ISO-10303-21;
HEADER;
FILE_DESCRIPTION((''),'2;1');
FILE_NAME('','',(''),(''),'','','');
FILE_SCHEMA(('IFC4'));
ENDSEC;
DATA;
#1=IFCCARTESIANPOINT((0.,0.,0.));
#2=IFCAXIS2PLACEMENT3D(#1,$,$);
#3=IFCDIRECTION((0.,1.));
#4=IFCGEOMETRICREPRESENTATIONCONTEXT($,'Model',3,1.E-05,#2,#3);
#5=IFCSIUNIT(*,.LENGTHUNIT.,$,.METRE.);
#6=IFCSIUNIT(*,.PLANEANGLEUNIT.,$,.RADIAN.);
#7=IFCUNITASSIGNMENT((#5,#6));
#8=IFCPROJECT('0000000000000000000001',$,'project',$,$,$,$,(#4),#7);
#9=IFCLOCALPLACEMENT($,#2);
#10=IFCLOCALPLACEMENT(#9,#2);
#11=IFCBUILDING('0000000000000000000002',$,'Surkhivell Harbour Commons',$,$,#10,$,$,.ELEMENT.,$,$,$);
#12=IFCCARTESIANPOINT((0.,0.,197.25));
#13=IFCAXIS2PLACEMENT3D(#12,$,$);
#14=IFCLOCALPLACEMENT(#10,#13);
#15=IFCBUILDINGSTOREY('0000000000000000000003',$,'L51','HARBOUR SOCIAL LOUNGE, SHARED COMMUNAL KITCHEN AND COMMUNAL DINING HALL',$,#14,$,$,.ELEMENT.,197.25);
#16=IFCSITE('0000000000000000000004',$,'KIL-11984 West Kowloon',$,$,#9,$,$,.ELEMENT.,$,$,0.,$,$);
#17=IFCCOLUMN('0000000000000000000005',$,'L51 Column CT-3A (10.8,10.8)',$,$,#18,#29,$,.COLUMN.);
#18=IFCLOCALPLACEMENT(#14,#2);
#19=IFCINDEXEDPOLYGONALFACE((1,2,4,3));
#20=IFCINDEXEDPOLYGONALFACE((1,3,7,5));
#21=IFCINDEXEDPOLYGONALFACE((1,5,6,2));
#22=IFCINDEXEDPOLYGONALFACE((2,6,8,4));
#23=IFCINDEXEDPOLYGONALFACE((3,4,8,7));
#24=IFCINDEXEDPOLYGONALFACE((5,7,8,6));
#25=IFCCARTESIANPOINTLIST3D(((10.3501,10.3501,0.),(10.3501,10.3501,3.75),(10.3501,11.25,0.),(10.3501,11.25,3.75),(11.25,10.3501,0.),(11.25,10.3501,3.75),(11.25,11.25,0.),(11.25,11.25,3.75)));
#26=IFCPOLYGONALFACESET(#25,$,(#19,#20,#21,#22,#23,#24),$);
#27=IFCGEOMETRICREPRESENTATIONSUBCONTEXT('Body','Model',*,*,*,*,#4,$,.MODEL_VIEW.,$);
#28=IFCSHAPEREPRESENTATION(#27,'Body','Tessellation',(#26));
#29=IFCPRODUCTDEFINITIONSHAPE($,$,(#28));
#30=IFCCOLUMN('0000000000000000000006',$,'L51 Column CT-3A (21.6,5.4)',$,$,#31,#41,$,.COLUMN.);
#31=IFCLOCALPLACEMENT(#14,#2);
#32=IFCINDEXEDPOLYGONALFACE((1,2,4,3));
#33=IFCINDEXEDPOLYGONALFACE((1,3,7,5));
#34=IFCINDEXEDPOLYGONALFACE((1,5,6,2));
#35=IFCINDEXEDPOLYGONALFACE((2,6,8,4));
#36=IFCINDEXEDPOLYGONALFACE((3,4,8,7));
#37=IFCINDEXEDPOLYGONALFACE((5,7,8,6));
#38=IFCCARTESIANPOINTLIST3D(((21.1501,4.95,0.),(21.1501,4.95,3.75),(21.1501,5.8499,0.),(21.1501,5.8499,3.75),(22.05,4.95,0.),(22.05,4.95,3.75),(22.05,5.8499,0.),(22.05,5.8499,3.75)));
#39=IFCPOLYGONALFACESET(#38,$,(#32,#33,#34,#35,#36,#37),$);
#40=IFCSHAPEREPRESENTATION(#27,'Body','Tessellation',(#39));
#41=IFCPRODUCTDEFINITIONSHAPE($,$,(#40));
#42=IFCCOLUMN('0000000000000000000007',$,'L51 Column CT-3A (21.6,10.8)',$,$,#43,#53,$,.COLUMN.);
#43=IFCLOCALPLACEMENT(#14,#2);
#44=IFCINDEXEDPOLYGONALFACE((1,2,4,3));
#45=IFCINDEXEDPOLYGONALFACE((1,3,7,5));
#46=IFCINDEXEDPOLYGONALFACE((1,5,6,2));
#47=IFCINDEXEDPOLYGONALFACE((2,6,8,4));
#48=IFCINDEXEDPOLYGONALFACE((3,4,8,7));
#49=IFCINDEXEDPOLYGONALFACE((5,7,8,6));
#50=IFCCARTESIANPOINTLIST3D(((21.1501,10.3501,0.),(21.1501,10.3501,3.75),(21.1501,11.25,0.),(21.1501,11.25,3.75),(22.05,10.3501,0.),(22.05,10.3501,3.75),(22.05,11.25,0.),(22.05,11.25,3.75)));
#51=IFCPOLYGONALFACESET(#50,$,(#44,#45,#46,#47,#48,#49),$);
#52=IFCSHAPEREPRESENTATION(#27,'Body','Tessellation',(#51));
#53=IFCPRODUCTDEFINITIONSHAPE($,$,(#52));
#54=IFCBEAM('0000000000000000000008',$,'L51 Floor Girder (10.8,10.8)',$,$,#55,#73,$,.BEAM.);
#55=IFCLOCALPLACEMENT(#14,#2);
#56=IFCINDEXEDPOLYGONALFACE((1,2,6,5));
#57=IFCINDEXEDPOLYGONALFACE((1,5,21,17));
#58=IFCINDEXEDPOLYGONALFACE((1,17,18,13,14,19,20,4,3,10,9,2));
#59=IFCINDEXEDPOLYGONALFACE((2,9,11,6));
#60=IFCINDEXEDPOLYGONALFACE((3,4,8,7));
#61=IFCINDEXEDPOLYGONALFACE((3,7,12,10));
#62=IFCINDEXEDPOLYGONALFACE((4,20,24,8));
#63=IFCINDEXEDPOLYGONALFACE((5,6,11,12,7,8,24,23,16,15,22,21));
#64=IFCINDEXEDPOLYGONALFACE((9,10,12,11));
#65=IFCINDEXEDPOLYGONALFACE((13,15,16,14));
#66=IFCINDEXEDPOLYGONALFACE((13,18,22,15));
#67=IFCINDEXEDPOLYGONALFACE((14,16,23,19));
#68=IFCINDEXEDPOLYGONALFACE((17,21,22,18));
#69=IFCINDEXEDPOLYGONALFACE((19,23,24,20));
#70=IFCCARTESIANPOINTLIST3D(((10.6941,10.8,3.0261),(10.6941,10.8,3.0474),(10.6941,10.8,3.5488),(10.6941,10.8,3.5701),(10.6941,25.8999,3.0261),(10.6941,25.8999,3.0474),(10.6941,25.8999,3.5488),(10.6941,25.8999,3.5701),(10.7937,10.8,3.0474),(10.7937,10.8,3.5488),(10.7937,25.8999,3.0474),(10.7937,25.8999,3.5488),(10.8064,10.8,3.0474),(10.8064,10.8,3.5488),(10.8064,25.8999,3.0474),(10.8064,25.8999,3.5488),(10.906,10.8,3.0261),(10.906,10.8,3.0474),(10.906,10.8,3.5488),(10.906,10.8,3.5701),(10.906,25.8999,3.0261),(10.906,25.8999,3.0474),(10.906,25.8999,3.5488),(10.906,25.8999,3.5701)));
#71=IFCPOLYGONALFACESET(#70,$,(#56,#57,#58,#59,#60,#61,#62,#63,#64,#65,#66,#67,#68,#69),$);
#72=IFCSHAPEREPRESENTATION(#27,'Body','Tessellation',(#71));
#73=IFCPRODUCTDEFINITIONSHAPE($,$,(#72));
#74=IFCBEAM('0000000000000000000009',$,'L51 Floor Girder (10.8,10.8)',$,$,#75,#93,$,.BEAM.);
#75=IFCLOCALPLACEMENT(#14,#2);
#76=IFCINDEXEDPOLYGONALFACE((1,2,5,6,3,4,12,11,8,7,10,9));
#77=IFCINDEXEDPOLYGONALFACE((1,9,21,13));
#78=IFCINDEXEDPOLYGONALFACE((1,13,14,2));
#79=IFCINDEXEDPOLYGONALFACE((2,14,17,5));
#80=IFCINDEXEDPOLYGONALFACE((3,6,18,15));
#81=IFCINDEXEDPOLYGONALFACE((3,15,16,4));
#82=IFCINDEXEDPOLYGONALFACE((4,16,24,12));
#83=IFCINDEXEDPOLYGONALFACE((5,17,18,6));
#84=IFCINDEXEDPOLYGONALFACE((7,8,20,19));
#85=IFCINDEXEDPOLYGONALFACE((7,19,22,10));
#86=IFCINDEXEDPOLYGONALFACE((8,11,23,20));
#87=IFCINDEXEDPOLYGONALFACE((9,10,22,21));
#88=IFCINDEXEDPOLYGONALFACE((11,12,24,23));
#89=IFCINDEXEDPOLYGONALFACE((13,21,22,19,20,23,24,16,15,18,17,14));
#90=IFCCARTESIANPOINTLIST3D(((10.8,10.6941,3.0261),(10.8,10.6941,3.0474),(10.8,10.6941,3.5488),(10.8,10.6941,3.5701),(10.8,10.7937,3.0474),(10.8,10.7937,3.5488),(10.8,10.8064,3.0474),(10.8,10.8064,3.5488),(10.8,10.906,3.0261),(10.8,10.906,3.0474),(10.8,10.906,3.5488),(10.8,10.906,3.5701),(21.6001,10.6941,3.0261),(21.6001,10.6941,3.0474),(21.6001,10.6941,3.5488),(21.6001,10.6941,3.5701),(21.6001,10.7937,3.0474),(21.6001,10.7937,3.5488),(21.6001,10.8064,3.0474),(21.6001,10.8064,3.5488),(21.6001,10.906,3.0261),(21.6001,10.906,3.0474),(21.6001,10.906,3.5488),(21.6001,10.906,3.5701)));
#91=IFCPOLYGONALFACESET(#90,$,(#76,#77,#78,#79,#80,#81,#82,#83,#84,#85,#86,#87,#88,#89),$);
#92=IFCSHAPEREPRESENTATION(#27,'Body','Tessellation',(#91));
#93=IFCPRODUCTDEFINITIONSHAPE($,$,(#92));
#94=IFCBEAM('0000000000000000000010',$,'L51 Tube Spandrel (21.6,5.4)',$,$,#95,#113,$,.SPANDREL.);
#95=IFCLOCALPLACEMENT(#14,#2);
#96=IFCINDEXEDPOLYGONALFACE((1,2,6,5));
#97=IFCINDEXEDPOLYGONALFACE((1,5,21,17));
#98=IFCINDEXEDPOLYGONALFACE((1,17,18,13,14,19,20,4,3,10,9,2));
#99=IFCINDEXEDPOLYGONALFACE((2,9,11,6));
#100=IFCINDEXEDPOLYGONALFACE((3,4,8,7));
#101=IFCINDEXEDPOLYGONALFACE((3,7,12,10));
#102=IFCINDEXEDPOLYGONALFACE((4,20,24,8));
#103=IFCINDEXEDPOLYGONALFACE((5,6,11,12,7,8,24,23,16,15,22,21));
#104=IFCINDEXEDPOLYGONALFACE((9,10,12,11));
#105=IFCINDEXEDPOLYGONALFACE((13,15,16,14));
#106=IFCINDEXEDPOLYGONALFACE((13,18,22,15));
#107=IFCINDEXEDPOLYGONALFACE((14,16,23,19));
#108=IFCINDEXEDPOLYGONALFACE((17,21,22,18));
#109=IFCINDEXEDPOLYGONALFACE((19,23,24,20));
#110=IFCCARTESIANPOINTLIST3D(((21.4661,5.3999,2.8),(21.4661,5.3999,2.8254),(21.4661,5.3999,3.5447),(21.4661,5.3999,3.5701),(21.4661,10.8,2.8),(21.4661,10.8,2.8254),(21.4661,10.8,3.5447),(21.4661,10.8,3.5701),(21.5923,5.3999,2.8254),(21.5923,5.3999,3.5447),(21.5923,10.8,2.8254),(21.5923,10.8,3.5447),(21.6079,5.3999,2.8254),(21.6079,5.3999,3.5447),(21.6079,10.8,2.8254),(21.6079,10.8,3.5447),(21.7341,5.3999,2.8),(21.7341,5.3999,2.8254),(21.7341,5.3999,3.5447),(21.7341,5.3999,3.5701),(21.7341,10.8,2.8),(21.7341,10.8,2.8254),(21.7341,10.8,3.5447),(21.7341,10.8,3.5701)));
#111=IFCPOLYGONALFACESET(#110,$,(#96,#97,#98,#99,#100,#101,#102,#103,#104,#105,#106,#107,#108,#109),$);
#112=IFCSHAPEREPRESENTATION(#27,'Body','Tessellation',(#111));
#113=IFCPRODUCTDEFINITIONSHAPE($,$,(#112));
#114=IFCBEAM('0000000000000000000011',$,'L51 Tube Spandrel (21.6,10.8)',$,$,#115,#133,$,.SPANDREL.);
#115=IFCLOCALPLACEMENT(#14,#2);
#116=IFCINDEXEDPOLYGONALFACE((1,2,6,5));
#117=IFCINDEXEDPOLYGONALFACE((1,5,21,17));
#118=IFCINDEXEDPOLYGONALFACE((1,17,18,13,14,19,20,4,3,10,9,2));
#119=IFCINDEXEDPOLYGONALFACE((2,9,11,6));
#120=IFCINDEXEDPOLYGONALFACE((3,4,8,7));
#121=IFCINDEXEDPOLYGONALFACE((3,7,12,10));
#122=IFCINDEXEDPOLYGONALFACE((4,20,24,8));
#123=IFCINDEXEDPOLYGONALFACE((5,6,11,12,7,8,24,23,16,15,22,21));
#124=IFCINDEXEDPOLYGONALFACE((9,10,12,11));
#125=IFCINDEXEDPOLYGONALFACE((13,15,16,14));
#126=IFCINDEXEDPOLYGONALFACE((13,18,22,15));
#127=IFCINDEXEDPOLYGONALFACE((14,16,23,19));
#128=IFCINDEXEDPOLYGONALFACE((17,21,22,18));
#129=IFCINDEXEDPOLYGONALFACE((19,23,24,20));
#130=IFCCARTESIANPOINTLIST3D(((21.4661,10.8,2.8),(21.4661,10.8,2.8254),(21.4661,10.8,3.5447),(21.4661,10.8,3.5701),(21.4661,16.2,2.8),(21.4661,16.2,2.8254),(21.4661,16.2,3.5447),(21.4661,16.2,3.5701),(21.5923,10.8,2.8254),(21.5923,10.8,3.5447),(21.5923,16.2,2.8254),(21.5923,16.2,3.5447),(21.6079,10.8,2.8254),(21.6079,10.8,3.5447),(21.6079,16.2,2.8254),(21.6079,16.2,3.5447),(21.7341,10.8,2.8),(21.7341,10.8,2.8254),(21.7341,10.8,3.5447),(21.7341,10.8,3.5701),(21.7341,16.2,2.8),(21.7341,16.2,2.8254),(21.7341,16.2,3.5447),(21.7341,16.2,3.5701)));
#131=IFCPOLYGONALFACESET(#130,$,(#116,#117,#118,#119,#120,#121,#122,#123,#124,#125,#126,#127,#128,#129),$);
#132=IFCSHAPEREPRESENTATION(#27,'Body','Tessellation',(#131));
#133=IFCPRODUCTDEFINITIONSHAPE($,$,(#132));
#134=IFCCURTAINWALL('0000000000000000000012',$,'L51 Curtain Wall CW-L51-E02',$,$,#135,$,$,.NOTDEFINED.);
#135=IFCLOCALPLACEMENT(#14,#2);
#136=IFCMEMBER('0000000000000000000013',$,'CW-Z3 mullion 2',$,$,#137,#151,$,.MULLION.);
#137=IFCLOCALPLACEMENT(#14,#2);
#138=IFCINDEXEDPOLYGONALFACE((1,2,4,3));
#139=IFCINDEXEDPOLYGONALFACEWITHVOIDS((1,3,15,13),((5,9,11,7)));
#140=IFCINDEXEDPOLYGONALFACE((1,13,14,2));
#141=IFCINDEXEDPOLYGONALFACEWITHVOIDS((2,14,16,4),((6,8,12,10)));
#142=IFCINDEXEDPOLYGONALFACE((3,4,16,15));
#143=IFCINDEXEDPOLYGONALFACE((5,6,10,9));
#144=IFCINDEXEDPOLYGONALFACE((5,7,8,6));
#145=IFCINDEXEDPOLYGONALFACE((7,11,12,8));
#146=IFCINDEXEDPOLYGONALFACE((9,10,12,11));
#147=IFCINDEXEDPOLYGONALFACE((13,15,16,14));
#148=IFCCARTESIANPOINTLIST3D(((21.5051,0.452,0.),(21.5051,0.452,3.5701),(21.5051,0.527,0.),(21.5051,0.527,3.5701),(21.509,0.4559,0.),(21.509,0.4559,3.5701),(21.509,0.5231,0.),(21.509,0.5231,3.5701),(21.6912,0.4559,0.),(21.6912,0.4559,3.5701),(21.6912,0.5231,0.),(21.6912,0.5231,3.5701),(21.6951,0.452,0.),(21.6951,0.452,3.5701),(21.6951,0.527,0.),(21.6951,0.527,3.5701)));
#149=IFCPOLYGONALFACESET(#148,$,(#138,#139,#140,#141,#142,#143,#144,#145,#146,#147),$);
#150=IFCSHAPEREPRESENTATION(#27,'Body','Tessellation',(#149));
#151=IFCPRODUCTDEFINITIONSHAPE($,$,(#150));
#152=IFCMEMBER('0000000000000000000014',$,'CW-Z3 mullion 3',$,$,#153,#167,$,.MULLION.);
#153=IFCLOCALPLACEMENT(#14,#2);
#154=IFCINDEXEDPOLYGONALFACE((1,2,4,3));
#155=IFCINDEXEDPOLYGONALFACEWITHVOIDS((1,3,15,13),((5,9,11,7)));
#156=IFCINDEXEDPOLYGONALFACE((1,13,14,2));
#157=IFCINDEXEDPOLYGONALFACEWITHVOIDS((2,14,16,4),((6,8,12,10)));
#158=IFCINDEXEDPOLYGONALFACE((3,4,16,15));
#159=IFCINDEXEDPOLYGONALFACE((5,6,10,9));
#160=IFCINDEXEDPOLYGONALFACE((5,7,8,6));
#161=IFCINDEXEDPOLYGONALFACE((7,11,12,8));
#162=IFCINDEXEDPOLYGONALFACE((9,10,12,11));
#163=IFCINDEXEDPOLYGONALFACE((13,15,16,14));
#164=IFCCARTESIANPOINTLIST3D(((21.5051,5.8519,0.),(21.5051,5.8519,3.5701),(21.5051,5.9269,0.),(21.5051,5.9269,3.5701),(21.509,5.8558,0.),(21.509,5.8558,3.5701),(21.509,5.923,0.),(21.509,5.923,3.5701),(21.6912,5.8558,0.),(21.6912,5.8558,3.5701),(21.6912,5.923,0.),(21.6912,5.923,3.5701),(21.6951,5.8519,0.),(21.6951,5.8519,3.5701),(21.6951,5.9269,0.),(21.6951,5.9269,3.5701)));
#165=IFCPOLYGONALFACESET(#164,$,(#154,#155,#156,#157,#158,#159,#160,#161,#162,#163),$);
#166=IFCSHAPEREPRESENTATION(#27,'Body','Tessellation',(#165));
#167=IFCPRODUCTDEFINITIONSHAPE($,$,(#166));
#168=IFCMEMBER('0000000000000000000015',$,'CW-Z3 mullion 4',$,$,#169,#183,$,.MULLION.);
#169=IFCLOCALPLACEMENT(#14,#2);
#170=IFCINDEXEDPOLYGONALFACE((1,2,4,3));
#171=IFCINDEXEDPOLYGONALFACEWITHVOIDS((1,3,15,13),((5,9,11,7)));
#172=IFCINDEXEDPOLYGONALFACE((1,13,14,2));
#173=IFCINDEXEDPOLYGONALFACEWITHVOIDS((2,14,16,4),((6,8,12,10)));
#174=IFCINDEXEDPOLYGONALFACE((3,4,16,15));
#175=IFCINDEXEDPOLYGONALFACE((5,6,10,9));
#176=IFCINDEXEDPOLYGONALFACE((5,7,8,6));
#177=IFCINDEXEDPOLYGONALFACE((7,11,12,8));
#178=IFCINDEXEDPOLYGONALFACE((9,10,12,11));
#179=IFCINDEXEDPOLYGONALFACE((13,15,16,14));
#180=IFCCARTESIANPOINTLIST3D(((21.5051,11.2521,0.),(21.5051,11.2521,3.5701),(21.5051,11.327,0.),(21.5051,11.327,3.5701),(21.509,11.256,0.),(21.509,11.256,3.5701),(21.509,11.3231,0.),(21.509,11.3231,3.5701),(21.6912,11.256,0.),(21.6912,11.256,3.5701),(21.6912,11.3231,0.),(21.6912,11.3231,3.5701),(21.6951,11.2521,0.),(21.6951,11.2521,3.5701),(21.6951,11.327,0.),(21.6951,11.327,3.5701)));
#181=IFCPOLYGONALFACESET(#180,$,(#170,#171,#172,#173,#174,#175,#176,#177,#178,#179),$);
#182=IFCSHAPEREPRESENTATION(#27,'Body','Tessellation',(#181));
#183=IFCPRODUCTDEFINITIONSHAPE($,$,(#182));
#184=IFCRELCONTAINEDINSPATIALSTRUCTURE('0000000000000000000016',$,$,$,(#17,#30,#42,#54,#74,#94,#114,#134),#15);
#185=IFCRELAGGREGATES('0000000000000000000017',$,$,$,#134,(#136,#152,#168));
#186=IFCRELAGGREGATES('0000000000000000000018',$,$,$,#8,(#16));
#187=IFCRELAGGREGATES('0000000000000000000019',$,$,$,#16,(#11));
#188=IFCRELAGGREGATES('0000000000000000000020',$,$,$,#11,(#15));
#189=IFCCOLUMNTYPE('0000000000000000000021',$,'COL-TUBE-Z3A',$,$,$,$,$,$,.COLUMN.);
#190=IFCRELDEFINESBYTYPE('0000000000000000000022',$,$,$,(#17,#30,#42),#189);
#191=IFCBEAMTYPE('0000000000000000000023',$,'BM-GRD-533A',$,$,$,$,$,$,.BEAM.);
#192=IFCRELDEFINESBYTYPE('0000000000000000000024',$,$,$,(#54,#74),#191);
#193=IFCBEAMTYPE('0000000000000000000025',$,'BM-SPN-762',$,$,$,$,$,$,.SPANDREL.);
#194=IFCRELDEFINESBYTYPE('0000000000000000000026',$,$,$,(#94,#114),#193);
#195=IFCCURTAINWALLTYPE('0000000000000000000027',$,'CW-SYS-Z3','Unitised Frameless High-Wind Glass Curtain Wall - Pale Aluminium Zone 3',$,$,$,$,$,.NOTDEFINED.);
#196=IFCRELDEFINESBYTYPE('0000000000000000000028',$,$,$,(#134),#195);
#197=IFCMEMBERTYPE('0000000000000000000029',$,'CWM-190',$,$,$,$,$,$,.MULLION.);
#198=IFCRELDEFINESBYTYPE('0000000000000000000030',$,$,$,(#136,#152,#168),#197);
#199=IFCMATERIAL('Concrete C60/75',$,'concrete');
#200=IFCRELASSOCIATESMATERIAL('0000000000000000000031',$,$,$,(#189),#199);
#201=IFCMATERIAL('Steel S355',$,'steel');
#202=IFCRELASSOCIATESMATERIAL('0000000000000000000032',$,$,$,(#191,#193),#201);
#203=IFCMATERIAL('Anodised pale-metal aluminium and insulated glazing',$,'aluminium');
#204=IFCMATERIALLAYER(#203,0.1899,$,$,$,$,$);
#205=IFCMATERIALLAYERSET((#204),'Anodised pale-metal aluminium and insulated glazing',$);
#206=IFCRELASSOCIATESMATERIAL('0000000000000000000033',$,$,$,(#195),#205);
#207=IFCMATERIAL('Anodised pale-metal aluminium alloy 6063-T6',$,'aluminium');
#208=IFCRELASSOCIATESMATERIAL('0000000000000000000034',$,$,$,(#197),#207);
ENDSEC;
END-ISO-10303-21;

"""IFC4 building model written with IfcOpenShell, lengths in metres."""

from ifc_helpers import new_model, si_unit, direction, frame, origin, origin_2d, place, context, subcontext, project, spatial, rectangle, hollow_rectangle, i_section, extrude, material, layer, layer_set, material_profile, profile_set, type_object, element, aggregate, save


model = new_model("IFC4")

# Units and contexts
model_context = context("Model", 3, precision=1e-05, world=origin(), true_north=direction((0.0, 1.0)))
body_context = subcontext(model_context, "Body", "Model", "MODEL_VIEW")
ifc_project = project(units=[si_unit("LENGTHUNIT", "METRE"), si_unit("PLANEANGLEUNIT", "RADIAN")], contexts=[model_context])

# Site, building, storey
site_placement = place(None, origin())
site = spatial("IfcSite", under=ifc_project, at=site_placement, Name="KIL-11984 West Kowloon", CompositionType="ELEMENT", RefElevation=0.0)
building_placement = place(site_placement, origin())
building = spatial("IfcBuilding", under=site, at=building_placement, Name="Surkhivell Harbour Commons", CompositionType="ELEMENT")
storey_placement = place(building_placement, frame((0.0, 0.0, 197.25)))
storey = spatial("IfcBuildingStorey", under=building, at=storey_placement, Name="L51", Description="HARBOUR SOCIAL LOUNGE, SHARED COMMUNAL KITCHEN AND COMMUNAL DINING HALL", CompositionType="ELEMENT", Elevation=197.25)

# Columns
ifc_material_1 = material(Name="Concrete C60/75", Category="concrete")
ifc_material_profile_1 = material_profile(ifc_material_1, rectangle(XDim=0.8999, YDim=0.8999, at=origin_2d()), Name="RC-COL-900x900")
ifc_profile_set_1 = profile_set([ifc_material_profile_1], Name="Concrete C60/75")
column_type = type_object("IfcColumnType", Name="COL-TUBE-Z3A", PredefinedType="COLUMN", material=ifc_profile_set_1)
for number, where, z_axis, x_axis, name in (
    (1, (10.8, 10.8, 0.0), (0.0, 0.0, 1.0), (1.0, 0.0, 0.0), "L51 Column CT-3A (10.8,10.8)"),
    (2, (21.6001, 5.3999, 0.0), (0.0, 0.0, 1.0), (1.0, 0.0, 0.0), "L51 Column CT-3A (21.6,5.4)"),
    (3, (21.6001, 10.8, 0.0), (0.0, 0.0, 1.0), (1.0, 0.0, 0.0), "L51 Column CT-3A (21.6,10.8)"),
):
    element("IfcColumn", number, at=place(storey_placement, frame(where, z_axis=z_axis, x_axis=x_axis)), inside=storey, type_object=column_type, Name=name, PredefinedType="COLUMN", context=body_context, shape_type="SweptSolid", body=[
        extrude(rectangle(XDim=0.8999, YDim=0.8999, at=origin_2d()), origin(), (0.0, 0.0, 1.0), 3.75),
    ])

# Beams
ifc_material_2 = material(Name="Steel S355", Category="steel")
ifc_material_profile_2 = material_profile(ifc_material_2, i_section(OverallWidth=0.2119, OverallDepth=0.5439, WebThickness=0.0127, FlangeThickness=0.0212, at=origin_2d()), Name="UB533x210x122")
ifc_profile_set_2 = profile_set([ifc_material_profile_2], Name="Steel S355")
beam_type_1 = type_object("IfcBeamType", Name="BM-GRD-533A", PredefinedType="BEAM", material=ifc_profile_set_2)
beam_1_placement = place(storey_placement, frame((10.8, 10.8, 3.2981), z_axis=(0.0, 1.0, 0.0), x_axis=(-1.0, 0.0, 0.0)))
element("IfcBeam", 4, at=beam_1_placement, inside=storey, type_object=beam_type_1, Name="L51 Floor Girder (10.8,10.8)", PredefinedType="BEAM", context=body_context, shape_type="SweptSolid", body=[
    extrude(i_section(OverallWidth=0.2119, OverallDepth=0.5439, WebThickness=0.0127, FlangeThickness=0.0212, at=origin_2d()), origin(), (0.0, 0.0, 1.0), 15.0999),
])
beam_2_placement = place(storey_placement, frame((10.8, 10.8, 3.2981), z_axis=(1.0, 0.0, 0.0), x_axis=(0.0, 1.0, 0.0)))
element("IfcBeam", 5, at=beam_2_placement, inside=storey, type_object=beam_type_1, Name="L51 Floor Girder (10.8,10.8)", PredefinedType="BEAM", context=body_context, shape_type="SweptSolid", body=[
    extrude(i_section(OverallWidth=0.2119, OverallDepth=0.5439, WebThickness=0.0127, FlangeThickness=0.0212, at=origin_2d()), origin(), (0.0, 0.0, 1.0), 10.8),
])
ifc_material_profile_3 = material_profile(ifc_material_2, i_section(OverallWidth=0.2681, OverallDepth=0.77, WebThickness=0.0156, FlangeThickness=0.0254, at=origin_2d()), Name="UB762x267x197")
ifc_profile_set_3 = profile_set([ifc_material_profile_3], Name="Steel S355")
beam_type_2 = type_object("IfcBeamType", Name="BM-SPN-762", PredefinedType="SPANDREL", material=ifc_profile_set_3)
beam_3_placement = place(storey_placement, frame((21.6001, 5.3999, 3.1851), z_axis=(0.0, 1.0, 0.0), x_axis=(-1.0, 0.0, 0.0)))
element("IfcBeam", 6, at=beam_3_placement, inside=storey, type_object=beam_type_2, Name="L51 Tube Spandrel (21.6,5.4)", PredefinedType="SPANDREL", context=body_context, shape_type="SweptSolid", body=[
    extrude(i_section(OverallWidth=0.2681, OverallDepth=0.77, WebThickness=0.0156, FlangeThickness=0.0254, at=origin_2d()), origin(), (0.0, 0.0, 1.0), 5.4001),
])
beam_4_placement = place(storey_placement, frame((21.6001, 10.8, 3.1851), z_axis=(0.0, 1.0, 0.0), x_axis=(-1.0, 0.0, 0.0)))
element("IfcBeam", 7, at=beam_4_placement, inside=storey, type_object=beam_type_2, Name="L51 Tube Spandrel (21.6,10.8)", PredefinedType="SPANDREL", context=body_context, shape_type="SweptSolid", body=[
    extrude(i_section(OverallWidth=0.2681, OverallDepth=0.77, WebThickness=0.0156, FlangeThickness=0.0254, at=origin_2d()), origin(), (0.0, 0.0, 1.0), 5.3999),
])

# Curtain wall, members
ifc_material_3 = material(Name="Anodised pale-metal aluminium and insulated glazing", Category="aluminium")
ifc_layer_1 = layer(ifc_material_3, 0.1899)
ifc_layer_set_1 = layer_set([ifc_layer_1], Name="Anodised pale-metal aluminium and insulated glazing")
curtain_wall_type = type_object("IfcCurtainWallType", Name="CW-SYS-Z3", Description="Unitised Frameless High-Wind Glass Curtain Wall - Pale Aluminium Zone 3", PredefinedType="NOTDEFINED", material=ifc_layer_set_1)
curtain_wall_placement = place(storey_placement, origin())
curtain_wall = element("IfcCurtainWall", 8, at=curtain_wall_placement, inside=storey, type_object=curtain_wall_type, Name="L51 Curtain Wall CW-L51-E02", PredefinedType="NOTDEFINED")
ifc_material_4 = material(Name="Anodised pale-metal aluminium alloy 6063-T6", Category="aluminium")
ifc_material_profile_4 = material_profile(ifc_material_4, hollow_rectangle(XDim=0.075, YDim=0.1899, WallThickness=0.0039, at=origin_2d()), Name="ALU-MULL-75x190")
ifc_profile_set_4 = profile_set([ifc_material_profile_4], Name="Anodised pale-metal aluminium alloy 6063-T6")
member_type_1 = type_object("IfcMemberType", Name="CWM-190", PredefinedType="MULLION", material=ifc_profile_set_4)
member_1_placement = place(storey_placement, frame((21.6001, 0.4895, 0.0), z_axis=(0.0, 0.0, 1.0), x_axis=(0.0, 1.0, 0.0)))
member_1 = element("IfcMember", 9, at=member_1_placement, type_object=member_type_1, Name="CW-Z3 mullion 2", PredefinedType="MULLION", context=body_context, shape_type="SweptSolid", body=[
    extrude(hollow_rectangle(XDim=0.075, YDim=0.1899, WallThickness=0.0039, at=origin_2d()), origin(), (0.0, 0.0, 1.0), 3.5701),
])
member_2_placement = place(storey_placement, frame((21.6001, 5.8894, 0.0), z_axis=(0.0, 0.0, 1.0), x_axis=(0.0, 1.0, 0.0)))
member_2 = element("IfcMember", 10, at=member_2_placement, type_object=member_type_1, Name="CW-Z3 mullion 3", PredefinedType="MULLION", context=body_context, shape_type="SweptSolid", body=[
    extrude(hollow_rectangle(XDim=0.075, YDim=0.1899, WallThickness=0.0039, at=origin_2d()), origin(), (0.0, 0.0, 1.0), 3.5701),
])
member_3_placement = place(storey_placement, frame((21.6001, 11.2896, 0.0), z_axis=(0.0, 0.0, 1.0), x_axis=(0.0, 1.0, 0.0)))
member_3 = element("IfcMember", 11, at=member_3_placement, type_object=member_type_1, Name="CW-Z3 mullion 4", PredefinedType="MULLION", context=body_context, shape_type="SweptSolid", body=[
    extrude(hollow_rectangle(XDim=0.075, YDim=0.1899, WallThickness=0.0039, at=origin_2d()), origin(), (0.0, 0.0, 1.0), 3.5701),
])
aggregate(curtain_wall, [member_1, member_2, member_3])

save(model, "model.ifc")
